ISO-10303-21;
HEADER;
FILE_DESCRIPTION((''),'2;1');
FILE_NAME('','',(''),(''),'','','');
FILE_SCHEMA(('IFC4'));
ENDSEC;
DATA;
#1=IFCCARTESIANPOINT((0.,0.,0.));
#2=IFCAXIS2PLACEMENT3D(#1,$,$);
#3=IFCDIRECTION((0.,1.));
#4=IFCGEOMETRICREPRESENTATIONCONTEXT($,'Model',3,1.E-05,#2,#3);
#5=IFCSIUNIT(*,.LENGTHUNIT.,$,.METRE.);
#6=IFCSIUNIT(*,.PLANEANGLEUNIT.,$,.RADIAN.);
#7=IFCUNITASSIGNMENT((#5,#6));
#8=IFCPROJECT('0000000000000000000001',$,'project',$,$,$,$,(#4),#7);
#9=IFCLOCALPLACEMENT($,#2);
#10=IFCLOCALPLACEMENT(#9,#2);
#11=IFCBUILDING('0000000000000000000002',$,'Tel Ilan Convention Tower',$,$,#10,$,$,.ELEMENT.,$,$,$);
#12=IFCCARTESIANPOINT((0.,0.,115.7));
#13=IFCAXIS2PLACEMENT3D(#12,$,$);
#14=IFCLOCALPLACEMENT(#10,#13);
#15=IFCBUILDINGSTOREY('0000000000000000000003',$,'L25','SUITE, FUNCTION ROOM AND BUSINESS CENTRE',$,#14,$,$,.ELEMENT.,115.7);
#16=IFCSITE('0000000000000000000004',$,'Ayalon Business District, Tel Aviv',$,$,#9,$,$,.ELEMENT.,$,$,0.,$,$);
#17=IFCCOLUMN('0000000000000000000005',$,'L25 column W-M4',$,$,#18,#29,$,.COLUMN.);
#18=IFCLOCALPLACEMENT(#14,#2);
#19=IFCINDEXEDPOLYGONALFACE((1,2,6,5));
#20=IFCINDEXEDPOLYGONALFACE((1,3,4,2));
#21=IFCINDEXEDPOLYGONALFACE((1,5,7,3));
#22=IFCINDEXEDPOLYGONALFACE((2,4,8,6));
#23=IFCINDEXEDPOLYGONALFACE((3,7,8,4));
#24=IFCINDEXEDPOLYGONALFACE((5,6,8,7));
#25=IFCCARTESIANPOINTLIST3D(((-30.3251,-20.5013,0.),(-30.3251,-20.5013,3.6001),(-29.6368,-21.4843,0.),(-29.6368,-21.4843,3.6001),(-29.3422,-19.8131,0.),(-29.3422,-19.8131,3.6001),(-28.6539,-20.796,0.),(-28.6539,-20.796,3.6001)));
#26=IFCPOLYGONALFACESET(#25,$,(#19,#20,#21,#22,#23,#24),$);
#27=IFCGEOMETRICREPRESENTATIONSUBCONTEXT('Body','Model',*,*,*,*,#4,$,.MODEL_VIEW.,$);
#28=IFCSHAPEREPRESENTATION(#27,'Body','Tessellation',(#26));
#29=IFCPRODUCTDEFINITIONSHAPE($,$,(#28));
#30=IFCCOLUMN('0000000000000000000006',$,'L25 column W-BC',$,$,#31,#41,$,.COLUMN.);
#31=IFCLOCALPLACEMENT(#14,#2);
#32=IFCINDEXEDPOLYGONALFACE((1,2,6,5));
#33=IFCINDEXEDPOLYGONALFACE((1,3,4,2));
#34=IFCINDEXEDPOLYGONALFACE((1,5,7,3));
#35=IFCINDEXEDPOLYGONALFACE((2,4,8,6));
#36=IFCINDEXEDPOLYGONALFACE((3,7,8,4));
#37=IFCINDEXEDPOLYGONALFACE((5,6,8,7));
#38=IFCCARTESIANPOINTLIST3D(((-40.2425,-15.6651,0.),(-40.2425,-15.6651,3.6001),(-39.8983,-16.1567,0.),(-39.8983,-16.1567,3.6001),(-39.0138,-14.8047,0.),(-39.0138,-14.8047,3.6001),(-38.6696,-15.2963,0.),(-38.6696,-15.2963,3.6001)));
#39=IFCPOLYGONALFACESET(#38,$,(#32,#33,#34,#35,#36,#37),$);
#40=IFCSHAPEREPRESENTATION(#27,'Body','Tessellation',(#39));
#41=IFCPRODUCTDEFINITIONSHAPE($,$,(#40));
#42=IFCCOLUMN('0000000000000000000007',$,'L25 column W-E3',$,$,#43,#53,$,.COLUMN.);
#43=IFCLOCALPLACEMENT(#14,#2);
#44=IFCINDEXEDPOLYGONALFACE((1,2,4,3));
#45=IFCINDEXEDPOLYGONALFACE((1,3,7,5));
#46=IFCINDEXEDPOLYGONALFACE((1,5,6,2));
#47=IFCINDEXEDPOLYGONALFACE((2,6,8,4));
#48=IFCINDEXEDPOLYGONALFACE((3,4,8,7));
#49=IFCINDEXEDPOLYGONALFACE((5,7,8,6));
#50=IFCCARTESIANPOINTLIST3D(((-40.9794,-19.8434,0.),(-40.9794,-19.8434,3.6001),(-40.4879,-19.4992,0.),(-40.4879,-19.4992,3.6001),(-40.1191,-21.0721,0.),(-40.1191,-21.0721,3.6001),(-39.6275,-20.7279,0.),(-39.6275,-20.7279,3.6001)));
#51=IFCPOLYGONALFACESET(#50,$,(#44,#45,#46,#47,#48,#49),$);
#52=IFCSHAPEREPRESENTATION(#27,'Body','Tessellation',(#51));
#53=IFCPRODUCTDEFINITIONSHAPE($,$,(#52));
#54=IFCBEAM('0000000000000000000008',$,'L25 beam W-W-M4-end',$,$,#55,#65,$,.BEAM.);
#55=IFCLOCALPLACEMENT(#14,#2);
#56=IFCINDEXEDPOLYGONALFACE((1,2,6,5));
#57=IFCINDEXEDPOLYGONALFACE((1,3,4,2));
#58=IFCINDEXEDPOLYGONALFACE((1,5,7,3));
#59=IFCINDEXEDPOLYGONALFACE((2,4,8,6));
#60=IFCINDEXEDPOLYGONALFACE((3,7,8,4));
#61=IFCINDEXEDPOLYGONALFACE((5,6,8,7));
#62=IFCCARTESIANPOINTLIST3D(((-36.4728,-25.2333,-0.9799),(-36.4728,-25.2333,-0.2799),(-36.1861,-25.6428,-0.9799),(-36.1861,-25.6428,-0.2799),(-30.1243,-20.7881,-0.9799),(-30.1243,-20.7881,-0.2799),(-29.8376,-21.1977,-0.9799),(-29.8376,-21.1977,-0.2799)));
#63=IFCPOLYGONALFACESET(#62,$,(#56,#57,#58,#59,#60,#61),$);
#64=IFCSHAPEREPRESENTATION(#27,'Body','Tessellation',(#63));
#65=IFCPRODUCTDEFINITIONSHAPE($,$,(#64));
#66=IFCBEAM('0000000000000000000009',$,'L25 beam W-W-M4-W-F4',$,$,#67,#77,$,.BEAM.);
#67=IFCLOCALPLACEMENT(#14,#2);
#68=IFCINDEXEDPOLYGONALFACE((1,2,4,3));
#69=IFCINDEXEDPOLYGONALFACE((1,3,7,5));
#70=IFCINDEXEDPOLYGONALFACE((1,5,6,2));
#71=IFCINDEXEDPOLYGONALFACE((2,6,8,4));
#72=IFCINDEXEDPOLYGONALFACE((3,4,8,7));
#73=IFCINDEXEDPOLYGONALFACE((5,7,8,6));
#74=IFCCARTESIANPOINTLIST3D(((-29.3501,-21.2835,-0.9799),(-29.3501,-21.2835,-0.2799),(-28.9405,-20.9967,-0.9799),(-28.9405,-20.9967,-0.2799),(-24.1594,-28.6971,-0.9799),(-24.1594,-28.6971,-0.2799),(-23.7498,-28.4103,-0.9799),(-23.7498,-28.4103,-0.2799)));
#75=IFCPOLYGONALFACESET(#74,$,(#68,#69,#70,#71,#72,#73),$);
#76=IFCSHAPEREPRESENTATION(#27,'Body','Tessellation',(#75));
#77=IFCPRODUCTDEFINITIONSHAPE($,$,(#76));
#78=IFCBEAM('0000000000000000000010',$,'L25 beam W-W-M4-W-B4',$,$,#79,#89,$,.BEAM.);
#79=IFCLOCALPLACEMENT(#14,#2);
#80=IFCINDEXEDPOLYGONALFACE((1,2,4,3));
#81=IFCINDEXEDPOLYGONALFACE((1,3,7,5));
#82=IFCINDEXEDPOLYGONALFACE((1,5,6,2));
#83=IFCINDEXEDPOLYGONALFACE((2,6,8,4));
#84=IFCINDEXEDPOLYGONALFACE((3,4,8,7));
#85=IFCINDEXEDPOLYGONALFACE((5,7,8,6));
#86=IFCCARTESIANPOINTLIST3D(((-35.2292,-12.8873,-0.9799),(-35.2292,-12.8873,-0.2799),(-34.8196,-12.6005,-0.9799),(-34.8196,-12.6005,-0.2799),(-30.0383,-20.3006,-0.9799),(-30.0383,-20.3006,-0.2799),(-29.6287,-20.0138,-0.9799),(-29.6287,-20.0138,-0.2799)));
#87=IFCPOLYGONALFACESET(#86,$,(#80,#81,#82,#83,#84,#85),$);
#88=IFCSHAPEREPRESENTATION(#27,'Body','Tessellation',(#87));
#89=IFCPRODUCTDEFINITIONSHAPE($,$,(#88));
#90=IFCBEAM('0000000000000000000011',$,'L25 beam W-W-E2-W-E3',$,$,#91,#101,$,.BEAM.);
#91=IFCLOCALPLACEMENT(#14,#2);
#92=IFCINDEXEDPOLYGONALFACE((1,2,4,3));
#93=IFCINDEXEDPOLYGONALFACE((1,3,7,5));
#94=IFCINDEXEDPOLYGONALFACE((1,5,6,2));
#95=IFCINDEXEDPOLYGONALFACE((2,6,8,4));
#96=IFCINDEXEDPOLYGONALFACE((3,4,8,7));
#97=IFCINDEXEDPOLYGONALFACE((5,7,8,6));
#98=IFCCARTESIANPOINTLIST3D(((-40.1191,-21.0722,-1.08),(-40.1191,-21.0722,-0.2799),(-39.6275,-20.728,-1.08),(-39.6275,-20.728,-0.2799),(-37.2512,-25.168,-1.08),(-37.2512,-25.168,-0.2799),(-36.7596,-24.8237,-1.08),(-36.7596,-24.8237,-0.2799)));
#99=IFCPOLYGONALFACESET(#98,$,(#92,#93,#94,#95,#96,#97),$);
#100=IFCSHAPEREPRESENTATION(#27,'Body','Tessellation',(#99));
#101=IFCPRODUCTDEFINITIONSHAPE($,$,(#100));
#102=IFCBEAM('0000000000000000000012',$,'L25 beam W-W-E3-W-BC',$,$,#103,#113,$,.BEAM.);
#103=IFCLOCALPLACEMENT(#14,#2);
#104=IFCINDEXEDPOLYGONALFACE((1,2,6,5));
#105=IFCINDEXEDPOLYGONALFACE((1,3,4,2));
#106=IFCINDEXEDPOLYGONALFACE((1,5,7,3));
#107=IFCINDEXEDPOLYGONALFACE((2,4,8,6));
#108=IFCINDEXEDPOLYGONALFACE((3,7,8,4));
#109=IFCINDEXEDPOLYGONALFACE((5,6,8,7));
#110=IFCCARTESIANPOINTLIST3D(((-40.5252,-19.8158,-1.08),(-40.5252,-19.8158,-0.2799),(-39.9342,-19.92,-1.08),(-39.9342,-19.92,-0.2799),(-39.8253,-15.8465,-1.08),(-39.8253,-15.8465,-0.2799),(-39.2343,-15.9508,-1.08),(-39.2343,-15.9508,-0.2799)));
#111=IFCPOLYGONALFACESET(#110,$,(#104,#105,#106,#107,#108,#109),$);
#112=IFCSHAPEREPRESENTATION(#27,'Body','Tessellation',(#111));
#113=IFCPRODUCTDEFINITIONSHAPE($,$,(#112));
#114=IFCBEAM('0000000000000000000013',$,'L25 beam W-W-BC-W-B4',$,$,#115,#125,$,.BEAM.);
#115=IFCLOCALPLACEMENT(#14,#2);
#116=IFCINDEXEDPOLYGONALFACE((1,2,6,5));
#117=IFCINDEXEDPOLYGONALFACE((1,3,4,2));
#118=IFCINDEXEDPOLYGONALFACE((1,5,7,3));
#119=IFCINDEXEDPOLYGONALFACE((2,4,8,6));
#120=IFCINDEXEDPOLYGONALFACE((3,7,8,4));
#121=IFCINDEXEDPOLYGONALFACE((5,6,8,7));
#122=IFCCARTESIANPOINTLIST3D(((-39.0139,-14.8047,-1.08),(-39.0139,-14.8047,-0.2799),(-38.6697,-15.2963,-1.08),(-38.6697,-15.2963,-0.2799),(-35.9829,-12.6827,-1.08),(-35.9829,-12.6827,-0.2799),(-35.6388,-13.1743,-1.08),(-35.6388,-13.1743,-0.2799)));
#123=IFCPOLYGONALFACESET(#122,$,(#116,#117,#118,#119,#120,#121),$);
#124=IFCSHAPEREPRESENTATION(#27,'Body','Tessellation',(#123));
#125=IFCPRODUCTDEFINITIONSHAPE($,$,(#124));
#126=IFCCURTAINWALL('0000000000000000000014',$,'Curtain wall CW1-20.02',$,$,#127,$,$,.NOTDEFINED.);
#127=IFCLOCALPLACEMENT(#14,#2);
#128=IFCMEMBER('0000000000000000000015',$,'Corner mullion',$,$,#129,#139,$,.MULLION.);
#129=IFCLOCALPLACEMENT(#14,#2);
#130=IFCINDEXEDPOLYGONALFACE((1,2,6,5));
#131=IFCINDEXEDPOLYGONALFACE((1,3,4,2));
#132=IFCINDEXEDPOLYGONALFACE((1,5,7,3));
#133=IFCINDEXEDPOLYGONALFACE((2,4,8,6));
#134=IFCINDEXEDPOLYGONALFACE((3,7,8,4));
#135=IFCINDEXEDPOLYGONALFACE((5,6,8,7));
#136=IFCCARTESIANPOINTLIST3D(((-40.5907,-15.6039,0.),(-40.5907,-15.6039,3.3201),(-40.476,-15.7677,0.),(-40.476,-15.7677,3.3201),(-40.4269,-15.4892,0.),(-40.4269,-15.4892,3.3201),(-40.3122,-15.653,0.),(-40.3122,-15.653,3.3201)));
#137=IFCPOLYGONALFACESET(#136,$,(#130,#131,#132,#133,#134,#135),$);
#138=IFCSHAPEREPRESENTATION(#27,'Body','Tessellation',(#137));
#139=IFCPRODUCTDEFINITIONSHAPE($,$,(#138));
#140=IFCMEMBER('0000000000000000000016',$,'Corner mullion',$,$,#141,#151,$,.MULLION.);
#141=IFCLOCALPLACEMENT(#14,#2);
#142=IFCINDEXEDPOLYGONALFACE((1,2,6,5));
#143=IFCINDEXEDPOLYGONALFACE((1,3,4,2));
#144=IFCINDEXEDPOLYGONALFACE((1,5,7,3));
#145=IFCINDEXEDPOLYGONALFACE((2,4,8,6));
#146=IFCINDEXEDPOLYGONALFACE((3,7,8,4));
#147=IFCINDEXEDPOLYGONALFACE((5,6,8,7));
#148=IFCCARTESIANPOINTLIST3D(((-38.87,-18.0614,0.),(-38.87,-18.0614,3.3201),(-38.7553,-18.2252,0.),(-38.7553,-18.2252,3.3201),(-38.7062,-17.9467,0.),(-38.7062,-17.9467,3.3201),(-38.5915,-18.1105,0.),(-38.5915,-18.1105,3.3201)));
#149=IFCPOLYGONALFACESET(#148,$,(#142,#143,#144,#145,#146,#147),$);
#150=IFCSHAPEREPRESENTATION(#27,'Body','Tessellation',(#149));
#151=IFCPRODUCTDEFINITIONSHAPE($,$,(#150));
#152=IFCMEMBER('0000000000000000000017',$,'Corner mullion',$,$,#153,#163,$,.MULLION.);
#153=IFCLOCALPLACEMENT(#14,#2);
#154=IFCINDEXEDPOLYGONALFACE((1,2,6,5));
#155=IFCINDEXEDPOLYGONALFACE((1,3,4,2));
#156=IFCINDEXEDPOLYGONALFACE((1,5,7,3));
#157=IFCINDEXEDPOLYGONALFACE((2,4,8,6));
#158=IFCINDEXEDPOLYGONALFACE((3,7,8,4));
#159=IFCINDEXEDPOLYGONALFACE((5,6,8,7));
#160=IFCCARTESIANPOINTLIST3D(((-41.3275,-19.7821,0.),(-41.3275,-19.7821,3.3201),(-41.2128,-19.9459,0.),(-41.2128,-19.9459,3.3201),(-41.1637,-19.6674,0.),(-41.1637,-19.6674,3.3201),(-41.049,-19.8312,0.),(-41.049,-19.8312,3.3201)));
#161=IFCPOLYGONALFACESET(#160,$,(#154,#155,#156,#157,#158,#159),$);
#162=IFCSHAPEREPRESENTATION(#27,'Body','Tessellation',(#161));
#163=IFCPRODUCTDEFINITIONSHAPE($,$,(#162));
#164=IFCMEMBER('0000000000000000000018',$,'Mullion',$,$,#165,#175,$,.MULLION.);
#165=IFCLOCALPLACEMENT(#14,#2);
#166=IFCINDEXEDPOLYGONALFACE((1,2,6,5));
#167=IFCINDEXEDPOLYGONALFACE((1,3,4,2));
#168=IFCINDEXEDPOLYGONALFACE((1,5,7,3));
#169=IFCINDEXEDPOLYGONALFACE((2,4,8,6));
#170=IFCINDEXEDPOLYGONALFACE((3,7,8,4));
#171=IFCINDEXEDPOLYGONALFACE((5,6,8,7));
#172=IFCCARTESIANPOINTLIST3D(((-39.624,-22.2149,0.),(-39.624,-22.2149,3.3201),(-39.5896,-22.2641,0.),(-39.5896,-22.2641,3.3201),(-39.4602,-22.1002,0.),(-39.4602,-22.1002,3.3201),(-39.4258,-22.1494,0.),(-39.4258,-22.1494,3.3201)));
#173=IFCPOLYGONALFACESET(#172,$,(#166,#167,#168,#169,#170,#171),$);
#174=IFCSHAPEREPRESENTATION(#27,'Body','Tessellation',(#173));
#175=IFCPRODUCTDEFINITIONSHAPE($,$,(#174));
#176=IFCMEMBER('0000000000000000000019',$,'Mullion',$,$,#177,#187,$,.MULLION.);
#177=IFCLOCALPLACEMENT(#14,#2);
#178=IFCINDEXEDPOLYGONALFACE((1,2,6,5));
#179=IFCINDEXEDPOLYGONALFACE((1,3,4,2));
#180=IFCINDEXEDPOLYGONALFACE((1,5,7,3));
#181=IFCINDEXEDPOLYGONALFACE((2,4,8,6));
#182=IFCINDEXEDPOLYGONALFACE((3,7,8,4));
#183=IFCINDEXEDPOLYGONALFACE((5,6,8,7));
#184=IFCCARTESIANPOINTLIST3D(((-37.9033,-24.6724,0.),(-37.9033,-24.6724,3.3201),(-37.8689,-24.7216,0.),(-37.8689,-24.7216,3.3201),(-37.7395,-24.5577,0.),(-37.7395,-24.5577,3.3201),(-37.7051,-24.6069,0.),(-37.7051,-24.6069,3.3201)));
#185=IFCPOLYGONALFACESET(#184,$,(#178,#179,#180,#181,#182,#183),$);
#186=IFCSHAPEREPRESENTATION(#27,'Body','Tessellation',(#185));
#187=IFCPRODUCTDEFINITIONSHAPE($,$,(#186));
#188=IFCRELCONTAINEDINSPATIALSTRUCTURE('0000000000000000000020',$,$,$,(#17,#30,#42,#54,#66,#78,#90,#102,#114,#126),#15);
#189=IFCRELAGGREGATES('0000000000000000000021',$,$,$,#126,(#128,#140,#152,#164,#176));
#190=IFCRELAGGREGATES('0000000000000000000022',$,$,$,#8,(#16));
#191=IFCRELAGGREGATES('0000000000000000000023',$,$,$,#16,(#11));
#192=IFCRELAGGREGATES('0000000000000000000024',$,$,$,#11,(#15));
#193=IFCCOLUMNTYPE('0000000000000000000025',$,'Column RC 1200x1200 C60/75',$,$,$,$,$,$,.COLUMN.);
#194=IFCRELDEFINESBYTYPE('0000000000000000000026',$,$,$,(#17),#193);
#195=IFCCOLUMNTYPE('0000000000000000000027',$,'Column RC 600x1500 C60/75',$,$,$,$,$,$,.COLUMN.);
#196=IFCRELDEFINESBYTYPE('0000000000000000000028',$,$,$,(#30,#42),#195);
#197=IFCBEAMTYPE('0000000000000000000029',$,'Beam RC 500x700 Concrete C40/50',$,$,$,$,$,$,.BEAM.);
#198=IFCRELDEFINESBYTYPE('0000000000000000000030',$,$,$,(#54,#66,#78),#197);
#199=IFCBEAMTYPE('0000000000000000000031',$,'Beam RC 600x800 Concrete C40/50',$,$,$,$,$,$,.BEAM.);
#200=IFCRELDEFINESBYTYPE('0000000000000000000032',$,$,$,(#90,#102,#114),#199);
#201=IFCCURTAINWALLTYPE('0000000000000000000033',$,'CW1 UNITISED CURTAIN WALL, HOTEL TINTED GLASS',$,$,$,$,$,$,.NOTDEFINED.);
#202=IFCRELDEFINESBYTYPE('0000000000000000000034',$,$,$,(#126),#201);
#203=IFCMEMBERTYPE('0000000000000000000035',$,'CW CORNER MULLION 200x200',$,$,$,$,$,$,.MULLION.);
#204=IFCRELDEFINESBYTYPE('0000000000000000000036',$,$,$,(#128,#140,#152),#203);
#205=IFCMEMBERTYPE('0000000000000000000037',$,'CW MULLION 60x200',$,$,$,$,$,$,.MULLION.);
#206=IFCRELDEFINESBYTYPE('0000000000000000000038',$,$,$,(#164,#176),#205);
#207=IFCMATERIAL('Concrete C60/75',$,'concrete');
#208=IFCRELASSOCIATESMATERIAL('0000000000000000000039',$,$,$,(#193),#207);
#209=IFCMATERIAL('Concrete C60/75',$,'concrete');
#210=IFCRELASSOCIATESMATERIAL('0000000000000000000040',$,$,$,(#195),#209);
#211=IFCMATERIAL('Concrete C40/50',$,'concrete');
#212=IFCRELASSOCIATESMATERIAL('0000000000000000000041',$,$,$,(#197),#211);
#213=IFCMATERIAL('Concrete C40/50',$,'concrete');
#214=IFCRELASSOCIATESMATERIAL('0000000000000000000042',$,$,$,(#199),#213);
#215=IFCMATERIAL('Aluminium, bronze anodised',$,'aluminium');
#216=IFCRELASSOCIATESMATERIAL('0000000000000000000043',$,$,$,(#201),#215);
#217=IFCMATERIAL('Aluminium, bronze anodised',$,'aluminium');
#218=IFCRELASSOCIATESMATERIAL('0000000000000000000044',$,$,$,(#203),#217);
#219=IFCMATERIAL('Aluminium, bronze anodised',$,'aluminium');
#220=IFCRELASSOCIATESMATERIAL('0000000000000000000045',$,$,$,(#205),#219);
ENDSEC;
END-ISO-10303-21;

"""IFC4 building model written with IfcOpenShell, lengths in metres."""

from ifc_helpers import new_model, si_unit, direction, frame, origin, origin_2d, place, context, subcontext, project, spatial, rectangle, extrude, material, material_profile, profile_set, type_object, element, aggregate, save


model = new_model("IFC4")

# Units and contexts
model_context = context("Model", 3, precision=1e-05, world=origin(), true_north=direction((0.0, 1.0)))
body_context = subcontext(model_context, "Body", "Model", "MODEL_VIEW")
ifc_project = project(units=[si_unit("LENGTHUNIT", "METRE"), si_unit("PLANEANGLEUNIT", "RADIAN")], contexts=[model_context])

# Site, building, storey
site_placement = place(None, origin())
site = spatial("IfcSite", under=ifc_project, at=site_placement, Name="Ayalon Business District, Tel Aviv", CompositionType="ELEMENT", RefElevation=0.0)
building_placement = place(site_placement, origin())
building = spatial("IfcBuilding", under=site, at=building_placement, Name="Tel Ilan Convention Tower", CompositionType="ELEMENT")
storey_placement = place(building_placement, frame((0.0, 0.0, 115.7)))
storey = spatial("IfcBuildingStorey", under=building, at=storey_placement, Name="L25", Description="SUITE, FUNCTION ROOM AND BUSINESS CENTRE", CompositionType="ELEMENT", Elevation=115.7)

# Columns
ifc_material_1 = material(Name="Concrete C60/75", Category="concrete")
ifc_material_profile_1 = material_profile(ifc_material_1, rectangle(XDim=1.2, YDim=1.2, at=origin_2d()), Name="RC 1200x1200")
ifc_profile_set_1 = profile_set([ifc_material_profile_1], Name="Concrete C60/75")
column_type_1 = type_object("IfcColumnType", Name="Column RC 1200x1200 C60/75", PredefinedType="COLUMN", material=ifc_profile_set_1)
column_placement = place(storey_placement, frame((-29.4895, -20.6487, 0.0), z_axis=(0.0, 0.0, 1.0), x_axis=(-0.819152, -0.573576, 0.0)))
element("IfcColumn", 1, at=column_placement, inside=storey, type_object=column_type_1, Name="L25 column W-M4", PredefinedType="COLUMN", context=body_context, shape_type="SweptSolid", body=[
    extrude(rectangle(XDim=1.2, YDim=1.2, at=origin_2d()), origin(), (0.0, 0.0, 1.0), 3.6001),
])
ifc_material_2 = material(Name="Concrete C60/75", Category="concrete")
ifc_material_profile_2 = material_profile(ifc_material_2, rectangle(XDim=1.5, YDim=0.6001, at=origin_2d()), Name="RC 600x1500")
ifc_profile_set_2 = profile_set([ifc_material_profile_2], Name="Concrete C60/75")
column_type_2 = type_object("IfcColumnType", Name="Column RC 600x1500 C60/75", PredefinedType="COLUMN", material=ifc_profile_set_2)
for number, where, z_axis, x_axis, name in (
    (2, (-39.4561, -15.4807, 0.0), (0.0, 0.0, 1.0), (-0.819152, -0.573576, 0.0), "L25 column W-BC"),
    (3, (-40.3035, -20.2856, 0.0), (0.0, 0.0, 1.0), (-0.573576, 0.819152, 0.0), "L25 column W-E3"),
):
    element("IfcColumn", number, at=place(storey_placement, frame(where, z_axis=z_axis, x_axis=x_axis)), inside=storey, type_object=column_type_2, Name=name, PredefinedType="COLUMN", context=body_context, shape_type="SweptSolid", body=[
        extrude(rectangle(XDim=1.5, YDim=0.6001, at=origin_2d()), origin(), (0.0, 0.0, 1.0), 3.6001),
    ])

# Beams
ifc_material_3 = material(Name="Concrete C40/50", Category="concrete")
ifc_material_profile_3 = material_profile(ifc_material_3, rectangle(XDim=0.5, YDim=0.7, at=origin_2d()), Name="RC 500x700")
ifc_profile_set_3 = profile_set([ifc_material_profile_3], Name="Concrete C40/50")
beam_type_1 = type_object("IfcBeamType", Name="Beam RC 500x700 Concrete C40/50", PredefinedType="BEAM", material=ifc_profile_set_3)
beam_1_placement = place(storey_placement, frame((-29.981, -20.9929, -0.6299), z_axis=(-0.819159, -0.573566, 0.0), x_axis=(0.573566, -0.819159, 0.0)))
element("IfcBeam", 4, at=beam_1_placement, inside=storey, type_object=beam_type_1, Name="L25 beam W-W-M4-end", PredefinedType="BEAM", context=body_context, shape_type="SweptSolid", body=[
    extrude(rectangle(XDim=0.5, YDim=0.7, at=origin_2d()), origin(), (0.0, 0.0, 1.0), 7.75),
])
for number, where, z_axis, x_axis, name in (
    (5, (-29.1453, -21.1401, -0.6299), (0.573549, -0.819171, 0.0), (0.819171, 0.573549, 0.0), "L25 beam W-W-M4-W-F4"),
    (6, (-29.8335, -20.1572, -0.6299), (-0.57358, 0.81915, 0.0), (-0.81915, -0.57358, 0.0), "L25 beam W-W-M4-W-B4"),
):
    element("IfcBeam", number, at=place(storey_placement, frame(where, z_axis=z_axis, x_axis=x_axis)), inside=storey, type_object=beam_type_1, Name=name, PredefinedType="BEAM", context=body_context, shape_type="SweptSolid", body=[
        extrude(rectangle(XDim=0.5, YDim=0.7, at=origin_2d()), origin(), (0.0, 0.0, 1.0), 9.05),
    ])
ifc_material_4 = material(Name="Concrete C40/50", Category="concrete")
ifc_material_profile_4 = material_profile(ifc_material_4, rectangle(XDim=0.6001, YDim=0.8, at=origin_2d()), Name="RC 600x800")
ifc_profile_set_4 = profile_set([ifc_material_profile_4], Name="Concrete C40/50")
beam_type_2 = type_object("IfcBeamType", Name="Beam RC 600x800 Concrete C40/50", PredefinedType="BEAM", material=ifc_profile_set_4)
beam_2_placement = place(storey_placement, frame((-37.0054, -24.9958, -0.6799), z_axis=(-0.573587, 0.819145, 0.0), x_axis=(-0.819145, -0.573587, 0.0)))
element("IfcBeam", 7, at=beam_2_placement, inside=storey, type_object=beam_type_2, Name="L25 beam W-W-E2-W-E3", PredefinedType="BEAM", context=body_context, shape_type="SweptSolid", body=[
    extrude(rectangle(XDim=0.6001, YDim=0.8, at=origin_2d()), origin(), (0.0, 0.0, 1.0), 5.0),
])
beam_3_placement = place(storey_placement, frame((-40.2297, -19.8679, -0.6799), z_axis=(0.173664, 0.984805, 0.0), x_axis=(-0.984805, 0.173664, 0.0)))
element("IfcBeam", 8, at=beam_3_placement, inside=storey, type_object=beam_type_2, Name="L25 beam W-W-E3-W-BC", PredefinedType="BEAM", context=body_context, shape_type="SweptSolid", body=[
    extrude(rectangle(XDim=0.6001, YDim=0.8, at=origin_2d()), origin(), (0.0, 0.0, 1.0), 4.0305),
])
beam_4_placement = place(storey_placement, frame((-38.8418, -15.0505, -0.6799), z_axis=(0.819185, 0.573529, 0.0), x_axis=(-0.573529, 0.819185, 0.0)))
element("IfcBeam", 9, at=beam_4_placement, inside=storey, type_object=beam_type_2, Name="L25 beam W-W-BC-W-B4", PredefinedType="BEAM", context=body_context, shape_type="SweptSolid", body=[
    extrude(rectangle(XDim=0.6001, YDim=0.8, at=origin_2d()), origin(), (0.0, 0.0, 1.0), 3.7),
])

# Curtain wall, members
ifc_material_5 = material(Name="Aluminium, bronze anodised", Category="aluminium")
curtain_wall_type = type_object("IfcCurtainWallType", Name="CW1 UNITISED CURTAIN WALL, HOTEL TINTED GLASS", PredefinedType="NOTDEFINED", material=ifc_material_5)
curtain_wall_placement = place(storey_placement, origin())
curtain_wall = element("IfcCurtainWall", 10, at=curtain_wall_placement, inside=storey, type_object=curtain_wall_type, Name="Curtain wall CW1-20.02", PredefinedType="NOTDEFINED")
ifc_material_6 = material(Name="Aluminium, bronze anodised", Category="aluminium")
ifc_material_profile_5 = material_profile(ifc_material_6, rectangle(XDim=0.2, YDim=0.2, at=origin_2d()), Name="CW CORNER MULLION 200x200")
ifc_profile_set_5 = profile_set([ifc_material_profile_5], Name="Aluminium, bronze anodised")
member_type_1 = type_object("IfcMemberType", Name="CW CORNER MULLION 200x200", PredefinedType="MULLION", material=ifc_profile_set_5)
member_1_placement = place(storey_placement, frame((-40.4514, -15.6284, 0.0), z_axis=(0.0, 0.0, 1.0), x_axis=(-0.819152, -0.573576, 0.0)))
member_1 = element("IfcMember", 11, at=member_1_placement, type_object=member_type_1, Name="Corner mullion", PredefinedType="MULLION", context=body_context, shape_type="SweptSolid", body=[
    extrude(rectangle(XDim=0.2, YDim=0.2, at=origin_2d()), origin(), (0.0, 0.0, 1.0), 3.3201),
])
member_2_placement = place(storey_placement, frame((-38.7307, -18.0859, 0.0), z_axis=(0.0, 0.0, 1.0), x_axis=(0.573576, -0.819152, 0.0)))
member_2 = element("IfcMember", 12, at=member_2_placement, type_object=member_type_1, Name="Corner mullion", PredefinedType="MULLION", context=body_context, shape_type="SweptSolid", body=[
    extrude(rectangle(XDim=0.2, YDim=0.2, at=origin_2d()), origin(), (0.0, 0.0, 1.0), 3.3201),
])
member_3_placement = place(storey_placement, frame((-41.1882, -19.8066, 0.0), z_axis=(0.0, 0.0, 1.0), x_axis=(-0.819152, -0.573576, 0.0)))
member_3 = element("IfcMember", 13, at=member_3_placement, type_object=member_type_1, Name="Corner mullion", PredefinedType="MULLION", context=body_context, shape_type="SweptSolid", body=[
    extrude(rectangle(XDim=0.2, YDim=0.2, at=origin_2d()), origin(), (0.0, 0.0, 1.0), 3.3201),
])
ifc_material_7 = material(Name="Aluminium, bronze anodised", Category="aluminium")
ifc_material_profile_6 = material_profile(ifc_material_7, rectangle(XDim=0.0601, YDim=0.2, at=origin_2d()), Name="CW MULLION 60x200")
ifc_profile_set_6 = profile_set([ifc_material_profile_6], Name="Aluminium, bronze anodised")
member_type_2 = type_object("IfcMemberType", Name="CW MULLION 60x200", PredefinedType="MULLION", material=ifc_profile_set_6)
member_4_placement = place(storey_placement, frame((-39.5249, -22.1821, 0.0), z_axis=(0.0, 0.0, 1.0), x_axis=(0.573576, -0.819152, 0.0)))
member_4 = element("IfcMember", 14, at=member_4_placement, type_object=member_type_2, Name="Mullion", PredefinedType="MULLION", context=body_context, shape_type="SweptSolid", body=[
    extrude(rectangle(XDim=0.0601, YDim=0.2, at=origin_2d()), origin(), (0.0, 0.0, 1.0), 3.3201),
])
member_5_placement = place(storey_placement, frame((-37.8042, -24.6396, 0.0), z_axis=(0.0, 0.0, 1.0), x_axis=(0.573576, -0.819152, 0.0)))
member_5 = element("IfcMember", 15, at=member_5_placement, type_object=member_type_2, Name="Mullion", PredefinedType="MULLION", context=body_context, shape_type="SweptSolid", body=[
    extrude(rectangle(XDim=0.0601, YDim=0.2, at=origin_2d()), origin(), (0.0, 0.0, 1.0), 3.3201),
])
aggregate(curtain_wall, [member_1, member_2, member_3, member_4, member_5])

save(model, "model.ifc")
